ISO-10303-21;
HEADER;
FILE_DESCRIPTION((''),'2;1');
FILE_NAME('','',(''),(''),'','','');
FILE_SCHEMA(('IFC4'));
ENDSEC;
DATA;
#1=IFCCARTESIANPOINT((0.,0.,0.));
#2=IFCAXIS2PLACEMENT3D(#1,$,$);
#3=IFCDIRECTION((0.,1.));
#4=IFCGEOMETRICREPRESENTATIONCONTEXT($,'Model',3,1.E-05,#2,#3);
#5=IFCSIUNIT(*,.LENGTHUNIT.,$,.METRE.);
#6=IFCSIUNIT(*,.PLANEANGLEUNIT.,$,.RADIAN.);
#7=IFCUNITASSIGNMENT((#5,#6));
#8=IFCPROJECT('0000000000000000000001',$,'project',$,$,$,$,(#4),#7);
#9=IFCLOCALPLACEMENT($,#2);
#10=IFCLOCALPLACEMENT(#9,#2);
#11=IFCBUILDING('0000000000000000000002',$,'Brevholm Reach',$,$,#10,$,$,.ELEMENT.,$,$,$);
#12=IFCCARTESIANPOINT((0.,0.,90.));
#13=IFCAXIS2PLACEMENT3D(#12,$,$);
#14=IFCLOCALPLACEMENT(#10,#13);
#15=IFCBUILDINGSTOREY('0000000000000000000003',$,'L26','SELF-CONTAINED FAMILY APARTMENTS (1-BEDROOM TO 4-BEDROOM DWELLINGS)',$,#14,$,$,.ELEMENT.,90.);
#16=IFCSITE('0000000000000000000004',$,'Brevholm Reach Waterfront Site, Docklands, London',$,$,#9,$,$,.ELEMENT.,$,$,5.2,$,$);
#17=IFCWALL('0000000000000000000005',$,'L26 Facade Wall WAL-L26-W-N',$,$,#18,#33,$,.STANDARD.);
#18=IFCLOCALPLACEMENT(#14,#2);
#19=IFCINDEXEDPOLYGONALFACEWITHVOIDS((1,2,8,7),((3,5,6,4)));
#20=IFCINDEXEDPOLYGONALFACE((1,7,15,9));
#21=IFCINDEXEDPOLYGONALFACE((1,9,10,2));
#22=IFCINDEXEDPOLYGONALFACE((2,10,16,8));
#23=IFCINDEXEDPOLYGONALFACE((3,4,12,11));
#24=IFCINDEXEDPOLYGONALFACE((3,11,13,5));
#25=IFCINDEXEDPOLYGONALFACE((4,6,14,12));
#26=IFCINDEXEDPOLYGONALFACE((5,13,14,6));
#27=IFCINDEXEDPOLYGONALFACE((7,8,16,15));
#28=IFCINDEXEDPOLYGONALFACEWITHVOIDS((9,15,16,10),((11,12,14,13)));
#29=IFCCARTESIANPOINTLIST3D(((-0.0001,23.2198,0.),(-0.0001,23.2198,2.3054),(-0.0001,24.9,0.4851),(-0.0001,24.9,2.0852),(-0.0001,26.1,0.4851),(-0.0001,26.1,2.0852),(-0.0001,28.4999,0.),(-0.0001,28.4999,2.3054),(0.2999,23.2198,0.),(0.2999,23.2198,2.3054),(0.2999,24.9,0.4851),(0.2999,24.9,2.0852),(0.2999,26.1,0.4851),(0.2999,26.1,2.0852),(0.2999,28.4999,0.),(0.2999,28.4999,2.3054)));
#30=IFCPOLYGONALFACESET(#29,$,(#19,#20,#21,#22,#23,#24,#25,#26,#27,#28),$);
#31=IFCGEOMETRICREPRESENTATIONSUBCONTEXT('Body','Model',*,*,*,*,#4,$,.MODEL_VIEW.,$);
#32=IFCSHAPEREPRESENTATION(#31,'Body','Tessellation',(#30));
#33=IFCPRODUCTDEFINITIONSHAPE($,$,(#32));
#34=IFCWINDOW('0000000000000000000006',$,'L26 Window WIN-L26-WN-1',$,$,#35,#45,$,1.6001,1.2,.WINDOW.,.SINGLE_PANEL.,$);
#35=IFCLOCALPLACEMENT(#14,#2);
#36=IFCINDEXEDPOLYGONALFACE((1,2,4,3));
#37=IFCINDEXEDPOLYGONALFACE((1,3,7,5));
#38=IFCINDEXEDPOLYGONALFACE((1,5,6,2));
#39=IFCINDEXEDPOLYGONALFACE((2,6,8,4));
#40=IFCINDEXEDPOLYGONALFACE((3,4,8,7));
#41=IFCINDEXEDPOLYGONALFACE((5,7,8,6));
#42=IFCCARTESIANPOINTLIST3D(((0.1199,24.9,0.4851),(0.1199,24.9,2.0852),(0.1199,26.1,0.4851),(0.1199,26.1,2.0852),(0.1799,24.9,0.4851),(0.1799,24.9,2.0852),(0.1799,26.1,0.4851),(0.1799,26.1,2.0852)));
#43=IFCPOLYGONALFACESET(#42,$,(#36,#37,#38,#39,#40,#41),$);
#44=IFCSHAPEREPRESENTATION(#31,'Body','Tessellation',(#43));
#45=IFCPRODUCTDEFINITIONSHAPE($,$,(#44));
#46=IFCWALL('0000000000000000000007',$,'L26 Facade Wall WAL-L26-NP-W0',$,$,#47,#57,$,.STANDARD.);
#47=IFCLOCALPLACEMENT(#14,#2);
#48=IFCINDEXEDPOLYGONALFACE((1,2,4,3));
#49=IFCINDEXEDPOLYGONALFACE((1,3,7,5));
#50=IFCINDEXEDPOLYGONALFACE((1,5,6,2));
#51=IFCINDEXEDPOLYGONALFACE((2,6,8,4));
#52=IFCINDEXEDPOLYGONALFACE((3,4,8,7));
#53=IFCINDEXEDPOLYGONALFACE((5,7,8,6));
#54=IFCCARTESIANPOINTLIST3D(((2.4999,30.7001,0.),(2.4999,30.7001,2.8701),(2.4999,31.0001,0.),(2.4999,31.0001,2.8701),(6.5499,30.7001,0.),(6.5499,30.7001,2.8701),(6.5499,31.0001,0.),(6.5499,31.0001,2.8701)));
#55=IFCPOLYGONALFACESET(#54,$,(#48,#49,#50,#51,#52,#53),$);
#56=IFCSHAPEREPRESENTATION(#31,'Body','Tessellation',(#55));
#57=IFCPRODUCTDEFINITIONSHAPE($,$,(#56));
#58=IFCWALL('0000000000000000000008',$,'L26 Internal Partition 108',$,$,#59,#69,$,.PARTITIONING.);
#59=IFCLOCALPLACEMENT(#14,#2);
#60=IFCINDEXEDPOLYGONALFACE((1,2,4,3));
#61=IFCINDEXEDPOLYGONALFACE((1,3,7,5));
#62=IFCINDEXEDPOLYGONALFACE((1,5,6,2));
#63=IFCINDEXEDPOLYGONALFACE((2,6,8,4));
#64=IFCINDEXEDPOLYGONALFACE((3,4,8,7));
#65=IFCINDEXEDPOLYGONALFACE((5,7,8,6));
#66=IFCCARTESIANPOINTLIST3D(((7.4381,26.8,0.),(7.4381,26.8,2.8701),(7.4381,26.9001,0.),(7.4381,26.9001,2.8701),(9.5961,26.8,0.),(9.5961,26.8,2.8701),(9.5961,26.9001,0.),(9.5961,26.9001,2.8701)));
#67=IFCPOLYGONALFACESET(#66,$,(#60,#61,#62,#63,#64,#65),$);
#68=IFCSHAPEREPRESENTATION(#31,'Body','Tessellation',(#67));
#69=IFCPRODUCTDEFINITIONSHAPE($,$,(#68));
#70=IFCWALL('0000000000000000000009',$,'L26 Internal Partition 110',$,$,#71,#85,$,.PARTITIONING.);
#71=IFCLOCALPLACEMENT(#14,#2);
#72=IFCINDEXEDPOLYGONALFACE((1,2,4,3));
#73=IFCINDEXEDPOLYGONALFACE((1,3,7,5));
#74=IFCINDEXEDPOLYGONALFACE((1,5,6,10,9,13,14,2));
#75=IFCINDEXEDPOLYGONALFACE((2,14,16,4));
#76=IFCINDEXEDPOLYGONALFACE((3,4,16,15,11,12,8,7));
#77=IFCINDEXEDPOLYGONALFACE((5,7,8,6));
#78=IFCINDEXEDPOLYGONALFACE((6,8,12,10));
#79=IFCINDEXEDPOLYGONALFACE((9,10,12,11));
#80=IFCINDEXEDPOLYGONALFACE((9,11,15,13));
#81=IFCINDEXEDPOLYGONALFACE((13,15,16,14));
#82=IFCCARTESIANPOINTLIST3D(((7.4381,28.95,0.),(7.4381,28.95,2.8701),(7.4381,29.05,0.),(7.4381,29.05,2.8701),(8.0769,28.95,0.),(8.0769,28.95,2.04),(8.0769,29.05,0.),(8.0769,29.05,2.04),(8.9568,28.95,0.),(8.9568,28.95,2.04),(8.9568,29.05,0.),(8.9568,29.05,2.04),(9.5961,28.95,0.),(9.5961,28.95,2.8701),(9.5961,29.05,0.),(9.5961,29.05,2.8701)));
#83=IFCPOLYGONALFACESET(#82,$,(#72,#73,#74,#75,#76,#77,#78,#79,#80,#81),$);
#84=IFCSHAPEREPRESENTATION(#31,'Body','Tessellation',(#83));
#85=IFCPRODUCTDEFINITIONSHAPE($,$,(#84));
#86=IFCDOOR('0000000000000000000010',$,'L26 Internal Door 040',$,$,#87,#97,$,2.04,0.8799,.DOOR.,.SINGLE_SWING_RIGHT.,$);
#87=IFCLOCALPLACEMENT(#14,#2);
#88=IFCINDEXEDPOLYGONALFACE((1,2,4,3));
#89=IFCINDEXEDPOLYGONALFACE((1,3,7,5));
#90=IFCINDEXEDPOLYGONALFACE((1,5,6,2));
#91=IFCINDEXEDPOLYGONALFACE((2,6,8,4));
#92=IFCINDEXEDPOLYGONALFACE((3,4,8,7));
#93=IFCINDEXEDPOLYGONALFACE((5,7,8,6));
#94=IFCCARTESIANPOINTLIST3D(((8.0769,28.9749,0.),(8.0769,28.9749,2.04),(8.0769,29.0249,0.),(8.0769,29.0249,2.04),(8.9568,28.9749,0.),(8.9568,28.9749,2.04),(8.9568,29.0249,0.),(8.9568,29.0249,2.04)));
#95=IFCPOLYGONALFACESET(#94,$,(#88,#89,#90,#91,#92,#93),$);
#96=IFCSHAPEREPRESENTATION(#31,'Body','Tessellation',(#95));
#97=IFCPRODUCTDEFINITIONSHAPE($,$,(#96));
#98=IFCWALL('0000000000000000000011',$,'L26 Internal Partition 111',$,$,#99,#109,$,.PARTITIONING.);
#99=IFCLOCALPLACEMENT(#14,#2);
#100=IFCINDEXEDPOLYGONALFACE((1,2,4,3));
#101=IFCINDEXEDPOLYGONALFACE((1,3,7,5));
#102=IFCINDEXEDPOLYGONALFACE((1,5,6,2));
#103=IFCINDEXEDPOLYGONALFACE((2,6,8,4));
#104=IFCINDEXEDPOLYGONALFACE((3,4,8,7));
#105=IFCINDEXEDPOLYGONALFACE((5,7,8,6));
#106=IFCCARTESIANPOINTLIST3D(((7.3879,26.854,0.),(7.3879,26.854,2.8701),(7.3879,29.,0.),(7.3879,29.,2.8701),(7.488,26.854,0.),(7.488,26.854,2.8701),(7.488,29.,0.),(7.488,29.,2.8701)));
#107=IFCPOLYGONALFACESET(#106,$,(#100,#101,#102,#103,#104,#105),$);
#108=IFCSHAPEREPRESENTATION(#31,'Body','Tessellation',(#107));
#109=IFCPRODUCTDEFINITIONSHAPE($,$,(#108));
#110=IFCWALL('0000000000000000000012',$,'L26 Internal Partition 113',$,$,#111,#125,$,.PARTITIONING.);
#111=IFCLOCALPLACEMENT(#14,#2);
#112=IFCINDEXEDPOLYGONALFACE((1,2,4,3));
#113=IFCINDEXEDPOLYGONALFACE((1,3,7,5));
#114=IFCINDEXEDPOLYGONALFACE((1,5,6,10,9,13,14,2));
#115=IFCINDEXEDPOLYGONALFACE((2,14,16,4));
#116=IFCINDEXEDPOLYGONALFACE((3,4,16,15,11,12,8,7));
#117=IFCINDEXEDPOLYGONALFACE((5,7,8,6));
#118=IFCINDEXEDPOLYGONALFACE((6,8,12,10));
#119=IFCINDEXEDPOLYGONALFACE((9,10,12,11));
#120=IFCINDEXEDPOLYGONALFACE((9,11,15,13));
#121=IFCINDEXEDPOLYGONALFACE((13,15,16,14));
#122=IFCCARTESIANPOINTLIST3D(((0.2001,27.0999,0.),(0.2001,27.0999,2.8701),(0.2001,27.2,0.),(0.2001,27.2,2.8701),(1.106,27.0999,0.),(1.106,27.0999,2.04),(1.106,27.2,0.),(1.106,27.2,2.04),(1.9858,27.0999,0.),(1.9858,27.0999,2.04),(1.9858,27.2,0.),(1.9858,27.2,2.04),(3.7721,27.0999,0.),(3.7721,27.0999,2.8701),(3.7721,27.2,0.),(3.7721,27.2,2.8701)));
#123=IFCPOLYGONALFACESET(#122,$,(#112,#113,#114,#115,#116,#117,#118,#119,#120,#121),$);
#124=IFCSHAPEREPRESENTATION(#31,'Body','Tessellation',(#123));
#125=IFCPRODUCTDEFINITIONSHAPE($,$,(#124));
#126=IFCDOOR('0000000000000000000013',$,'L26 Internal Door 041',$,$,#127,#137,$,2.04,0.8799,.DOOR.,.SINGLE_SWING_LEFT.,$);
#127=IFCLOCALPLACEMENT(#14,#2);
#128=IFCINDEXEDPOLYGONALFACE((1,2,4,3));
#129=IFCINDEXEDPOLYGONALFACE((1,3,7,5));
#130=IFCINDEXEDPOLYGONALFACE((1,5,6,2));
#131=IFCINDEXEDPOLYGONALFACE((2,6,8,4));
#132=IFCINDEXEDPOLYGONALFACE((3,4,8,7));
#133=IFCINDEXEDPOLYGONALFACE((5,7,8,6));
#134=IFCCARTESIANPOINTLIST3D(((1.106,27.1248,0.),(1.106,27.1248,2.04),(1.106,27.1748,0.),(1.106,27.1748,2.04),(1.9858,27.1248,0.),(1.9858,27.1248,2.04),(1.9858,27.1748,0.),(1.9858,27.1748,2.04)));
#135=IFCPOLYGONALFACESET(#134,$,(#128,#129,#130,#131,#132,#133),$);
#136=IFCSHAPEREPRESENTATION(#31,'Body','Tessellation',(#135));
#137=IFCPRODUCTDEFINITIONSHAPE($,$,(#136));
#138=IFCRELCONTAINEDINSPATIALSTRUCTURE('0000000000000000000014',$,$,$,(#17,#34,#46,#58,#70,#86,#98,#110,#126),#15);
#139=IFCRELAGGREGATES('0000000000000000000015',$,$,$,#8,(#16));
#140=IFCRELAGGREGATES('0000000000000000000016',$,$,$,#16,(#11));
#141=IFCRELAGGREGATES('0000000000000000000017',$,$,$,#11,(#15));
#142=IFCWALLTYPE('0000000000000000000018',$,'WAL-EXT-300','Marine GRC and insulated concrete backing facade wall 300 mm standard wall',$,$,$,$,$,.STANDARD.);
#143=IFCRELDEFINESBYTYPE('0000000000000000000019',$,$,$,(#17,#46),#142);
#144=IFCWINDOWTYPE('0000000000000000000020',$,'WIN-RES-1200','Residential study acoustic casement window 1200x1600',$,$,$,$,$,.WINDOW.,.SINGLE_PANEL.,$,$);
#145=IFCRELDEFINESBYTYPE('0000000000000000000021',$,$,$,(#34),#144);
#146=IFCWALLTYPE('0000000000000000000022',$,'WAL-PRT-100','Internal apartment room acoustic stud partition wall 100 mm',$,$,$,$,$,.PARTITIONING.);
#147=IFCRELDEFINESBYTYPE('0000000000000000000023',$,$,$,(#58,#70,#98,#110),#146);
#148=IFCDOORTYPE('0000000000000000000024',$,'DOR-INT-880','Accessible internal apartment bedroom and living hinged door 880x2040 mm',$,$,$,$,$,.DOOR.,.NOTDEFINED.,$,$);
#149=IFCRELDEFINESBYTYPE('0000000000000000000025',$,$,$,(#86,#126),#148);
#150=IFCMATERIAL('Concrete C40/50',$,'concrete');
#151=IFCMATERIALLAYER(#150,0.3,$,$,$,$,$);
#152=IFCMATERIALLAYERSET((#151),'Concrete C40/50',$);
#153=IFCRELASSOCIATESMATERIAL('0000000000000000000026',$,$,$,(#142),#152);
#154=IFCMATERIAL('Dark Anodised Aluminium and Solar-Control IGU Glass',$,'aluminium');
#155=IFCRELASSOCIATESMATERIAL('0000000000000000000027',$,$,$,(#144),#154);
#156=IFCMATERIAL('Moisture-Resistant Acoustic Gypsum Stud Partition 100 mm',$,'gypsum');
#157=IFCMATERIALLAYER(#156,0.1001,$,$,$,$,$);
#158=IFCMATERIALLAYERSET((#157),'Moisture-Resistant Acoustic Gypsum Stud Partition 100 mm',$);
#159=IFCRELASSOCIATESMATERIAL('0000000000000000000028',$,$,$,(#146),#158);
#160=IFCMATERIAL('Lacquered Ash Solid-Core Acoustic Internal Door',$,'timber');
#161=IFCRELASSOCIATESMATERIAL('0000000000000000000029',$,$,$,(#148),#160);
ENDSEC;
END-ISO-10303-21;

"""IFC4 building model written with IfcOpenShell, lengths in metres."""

from ifc_helpers import new_model, si_unit, direction, frame, frame_2d, origin, place, context, subcontext, project, spatial, rectangle, extrude, material, layer, layer_set, type_object, element, fill, save


model = new_model("IFC4")

# Units and contexts
model_context = context("Model", 3, precision=1e-05, world=origin(), true_north=direction((0.0, 1.0)))
body_context = subcontext(model_context, "Body", "Model", "MODEL_VIEW")
ifc_project = project(units=[si_unit("LENGTHUNIT", "METRE"), si_unit("PLANEANGLEUNIT", "RADIAN")], contexts=[model_context])

# Site, building, storey
site_placement = place(None, origin())
site = spatial("IfcSite", under=ifc_project, at=site_placement, Name="Brevholm Reach Waterfront Site, Docklands, London", CompositionType="ELEMENT", RefElevation=5.2)
building_placement = place(site_placement, origin())
building = spatial("IfcBuilding", under=site, at=building_placement, Name="Brevholm Reach", CompositionType="ELEMENT")
storey_placement = place(building_placement, frame((0.0, 0.0, 90.0)))
storey = spatial("IfcBuildingStorey", under=building, at=storey_placement, Name="L26", Description="SELF-CONTAINED FAMILY APARTMENTS (1-BEDROOM TO 4-BEDROOM DWELLINGS)", CompositionType="ELEMENT", Elevation=90.0)

# Shared definitions
ifc_material_1 = material(Name="Concrete C40/50", Category="concrete")
ifc_layer_1 = layer(ifc_material_1, 0.3)
ifc_layer_set_1 = layer_set([ifc_layer_1], Name="Concrete C40/50")
wall_type_1 = type_object("IfcWallType", Name="WAL-EXT-300", Description="Marine GRC and insulated concrete backing facade wall 300 mm standard wall", PredefinedType="STANDARD", material=ifc_layer_set_1)

# Wall, opening, window
wall_1_placement = place(storey_placement, frame((0.1499, 28.5, 0.0), z_axis=(0.0, 0.0, 1.0), x_axis=(0.0, -1.0, 0.0)))
wall_1 = element("IfcWall", 1, at=wall_1_placement, inside=storey, type_object=wall_type_1, Name="L26 Facade Wall WAL-L26-W-N", PredefinedType="STANDARD", context=body_context, shape_type="SweptSolid", body=[
    extrude(rectangle(XDim=5.28, YDim=0.3, at=frame_2d((2.6401, 0.0))), origin(), (0.0, 0.0, 1.0), 2.3054),
])
opening_1_placement = place(wall_1_placement, frame((2.3999, 0.0, 0.4851)))
opening_1 = element("IfcOpeningElement", 2, at=opening_1_placement, cuts=wall_1, PredefinedType="OPENING", context=body_context, shape_type="SweptSolid", body=[
    extrude(rectangle(XDim=1.2, YDim=1.6001, at=frame_2d((0.6001, 0.8))), frame((0.0, 0.1599, 0.0), z_axis=(0.0, -1.0, 0.0), x_axis=(1.0, 0.0, 0.0)), (0.0, 0.0, 1.0), 0.3201),
])
ifc_material_2 = material(Name="Dark Anodised Aluminium and Solar-Control IGU Glass", Category="aluminium")
window_type = type_object("IfcWindowType", Name="WIN-RES-1200", Description="Residential study acoustic casement window 1200x1600", PartitioningType="SINGLE_PANEL", PredefinedType="WINDOW", material=ifc_material_2)
window_placement = place(opening_1_placement, origin())
window = element("IfcWindow", 3, at=window_placement, inside=storey, type_object=window_type, Name="L26 Window WIN-L26-WN-1", OverallHeight=1.6001, OverallWidth=1.2, PartitioningType="SINGLE_PANEL", PredefinedType="WINDOW", context=body_context, shape_type="SweptSolid", body=[
    extrude(rectangle(XDim=1.2, YDim=1.6001, at=frame_2d((0.6001, 0.8))), frame((0.0, 0.03, 0.0), z_axis=(0.0, -1.0, 0.0), x_axis=(1.0, 0.0, 0.0)), (0.0, 0.0, 1.0), 0.0601),
])
fill(opening_1, window)

# Walls
wall_2_placement = place(storey_placement, frame((2.5, 30.8501, 0.0), z_axis=(0.0, 0.0, 1.0), x_axis=(1.0, 0.0, 0.0)))
element("IfcWall", 4, at=wall_2_placement, inside=storey, type_object=wall_type_1, Name="L26 Facade Wall WAL-L26-NP-W0", PredefinedType="STANDARD", context=body_context, shape_type="SweptSolid", body=[
    extrude(rectangle(XDim=4.05, YDim=0.3, at=frame_2d((2.0249, 0.0))), origin(), (0.0, 0.0, 1.0), 2.8701),
])
ifc_material_3 = material(Name="Moisture-Resistant Acoustic Gypsum Stud Partition 100 mm", Category="gypsum")
ifc_layer_2 = layer(ifc_material_3, 0.1001)
ifc_layer_set_2 = layer_set([ifc_layer_2], Name="Moisture-Resistant Acoustic Gypsum Stud Partition 100 mm")
wall_type_2 = type_object("IfcWallType", Name="WAL-PRT-100", Description="Internal apartment room acoustic stud partition wall 100 mm", PredefinedType="PARTITIONING", material=ifc_layer_set_2)
wall_3_placement = place(storey_placement, frame((7.438, 26.8501, 0.0), z_axis=(0.0, 0.0, 1.0), x_axis=(1.0, 0.0, 0.0)))
element("IfcWall", 5, at=wall_3_placement, inside=storey, type_object=wall_type_2, Name="L26 Internal Partition 108", PredefinedType="PARTITIONING", context=body_context, shape_type="SweptSolid", body=[
    extrude(rectangle(XDim=2.158, YDim=0.1001, at=frame_2d((1.0791, 0.0))), origin(), (0.0, 0.0, 1.0), 2.8701),
])

# Wall, opening, door
wall_4_placement = place(storey_placement, frame((7.438, 29.0, 0.0), z_axis=(0.0, 0.0, 1.0), x_axis=(1.0, 0.0, 0.0)))
wall_4 = element("IfcWall", 6, at=wall_4_placement, inside=storey, type_object=wall_type_2, Name="L26 Internal Partition 110", PredefinedType="PARTITIONING", context=body_context, shape_type="SweptSolid", body=[
    extrude(rectangle(XDim=2.158, YDim=0.1001, at=frame_2d((1.0791, 0.0))), origin(), (0.0, 0.0, 1.0), 2.8701),
])
opening_2_placement = place(wall_4_placement, frame((0.6389, 0.0, 0.0)))
opening_2 = element("IfcOpeningElement", 7, at=opening_2_placement, cuts=wall_4, PredefinedType="OPENING", context=body_context, shape_type="SweptSolid", body=[
    extrude(rectangle(XDim=0.8799, YDim=2.04, at=frame_2d((0.4399, 1.02))), frame((0.0, 0.0601, 0.0), z_axis=(0.0, -1.0, 0.0), x_axis=(1.0, 0.0, 0.0)), (0.0, 0.0, 1.0), 0.1201),
])
ifc_material_4 = material(Name="Lacquered Ash Solid-Core Acoustic Internal Door", Category="timber")
door_type = type_object("IfcDoorType", Name="DOR-INT-880", Description="Accessible internal apartment bedroom and living hinged door 880x2040 mm", OperationType="NOTDEFINED", PredefinedType="DOOR", material=ifc_material_4)
door_1_placement = place(opening_2_placement, origin())
door_1 = element("IfcDoor", 8, at=door_1_placement, inside=storey, type_object=door_type, Name="L26 Internal Door 040", OperationType="SINGLE_SWING_RIGHT", OverallHeight=2.04, OverallWidth=0.8799, PredefinedType="DOOR", context=body_context, shape_type="SweptSolid", body=[
    extrude(rectangle(XDim=0.8799, YDim=2.04, at=frame_2d((0.4399, 1.02))), frame((0.0, 0.0249, 0.0), z_axis=(0.0, -1.0, 0.0), x_axis=(1.0, 0.0, 0.0)), (0.0, 0.0, 1.0), 0.05),
])
fill(opening_2, door_1)

# Wall
wall_5_placement = place(storey_placement, frame((7.438, 26.854, 0.0), z_axis=(0.0, 0.0, 1.0), x_axis=(0.0, 1.0, 0.0)))
element("IfcWall", 9, at=wall_5_placement, inside=storey, type_object=wall_type_2, Name="L26 Internal Partition 111", PredefinedType="PARTITIONING", context=body_context, shape_type="SweptSolid", body=[
    extrude(rectangle(XDim=2.146, YDim=0.1001, at=frame_2d((1.073, 0.0))), origin(), (0.0, 0.0, 1.0), 2.8701),
])

# Wall, opening, door
wall_6_placement = place(storey_placement, frame((0.2, 27.1499, 0.0), z_axis=(0.0, 0.0, 1.0), x_axis=(1.0, 0.0, 0.0)))
wall_6 = element("IfcWall", 10, at=wall_6_placement, inside=storey, type_object=wall_type_2, Name="L26 Internal Partition 113", PredefinedType="PARTITIONING", context=body_context, shape_type="SweptSolid", body=[
    extrude(rectangle(XDim=3.572, YDim=0.1001, at=frame_2d((1.7861, 0.0))), origin(), (0.0, 0.0, 1.0), 2.8701),
])
opening_3_placement = place(wall_6_placement, frame((0.906, 0.0, 0.0)))
opening_3 = element("IfcOpeningElement", 11, at=opening_3_placement, cuts=wall_6, PredefinedType="OPENING", context=body_context, shape_type="SweptSolid", body=[
    extrude(rectangle(XDim=0.8799, YDim=2.04, at=frame_2d((0.4399, 1.02))), frame((0.0, 0.0601, 0.0), z_axis=(0.0, -1.0, 0.0), x_axis=(1.0, 0.0, 0.0)), (0.0, 0.0, 1.0), 0.1201),
])
door_2_placement = place(opening_3_placement, origin())
door_2 = element("IfcDoor", 12, at=door_2_placement, inside=storey, type_object=door_type, Name="L26 Internal Door 041", OperationType="SINGLE_SWING_LEFT", OverallHeight=2.04, OverallWidth=0.8799, PredefinedType="DOOR", context=body_context, shape_type="SweptSolid", body=[
    extrude(rectangle(XDim=0.8799, YDim=2.04, at=frame_2d((0.4399, 1.02))), frame((0.0, 0.0249, 0.0), z_axis=(0.0, -1.0, 0.0), x_axis=(1.0, 0.0, 0.0)), (0.0, 0.0, 1.0), 0.05),
])
fill(opening_3, door_2)

save(model, "model.ifc")
